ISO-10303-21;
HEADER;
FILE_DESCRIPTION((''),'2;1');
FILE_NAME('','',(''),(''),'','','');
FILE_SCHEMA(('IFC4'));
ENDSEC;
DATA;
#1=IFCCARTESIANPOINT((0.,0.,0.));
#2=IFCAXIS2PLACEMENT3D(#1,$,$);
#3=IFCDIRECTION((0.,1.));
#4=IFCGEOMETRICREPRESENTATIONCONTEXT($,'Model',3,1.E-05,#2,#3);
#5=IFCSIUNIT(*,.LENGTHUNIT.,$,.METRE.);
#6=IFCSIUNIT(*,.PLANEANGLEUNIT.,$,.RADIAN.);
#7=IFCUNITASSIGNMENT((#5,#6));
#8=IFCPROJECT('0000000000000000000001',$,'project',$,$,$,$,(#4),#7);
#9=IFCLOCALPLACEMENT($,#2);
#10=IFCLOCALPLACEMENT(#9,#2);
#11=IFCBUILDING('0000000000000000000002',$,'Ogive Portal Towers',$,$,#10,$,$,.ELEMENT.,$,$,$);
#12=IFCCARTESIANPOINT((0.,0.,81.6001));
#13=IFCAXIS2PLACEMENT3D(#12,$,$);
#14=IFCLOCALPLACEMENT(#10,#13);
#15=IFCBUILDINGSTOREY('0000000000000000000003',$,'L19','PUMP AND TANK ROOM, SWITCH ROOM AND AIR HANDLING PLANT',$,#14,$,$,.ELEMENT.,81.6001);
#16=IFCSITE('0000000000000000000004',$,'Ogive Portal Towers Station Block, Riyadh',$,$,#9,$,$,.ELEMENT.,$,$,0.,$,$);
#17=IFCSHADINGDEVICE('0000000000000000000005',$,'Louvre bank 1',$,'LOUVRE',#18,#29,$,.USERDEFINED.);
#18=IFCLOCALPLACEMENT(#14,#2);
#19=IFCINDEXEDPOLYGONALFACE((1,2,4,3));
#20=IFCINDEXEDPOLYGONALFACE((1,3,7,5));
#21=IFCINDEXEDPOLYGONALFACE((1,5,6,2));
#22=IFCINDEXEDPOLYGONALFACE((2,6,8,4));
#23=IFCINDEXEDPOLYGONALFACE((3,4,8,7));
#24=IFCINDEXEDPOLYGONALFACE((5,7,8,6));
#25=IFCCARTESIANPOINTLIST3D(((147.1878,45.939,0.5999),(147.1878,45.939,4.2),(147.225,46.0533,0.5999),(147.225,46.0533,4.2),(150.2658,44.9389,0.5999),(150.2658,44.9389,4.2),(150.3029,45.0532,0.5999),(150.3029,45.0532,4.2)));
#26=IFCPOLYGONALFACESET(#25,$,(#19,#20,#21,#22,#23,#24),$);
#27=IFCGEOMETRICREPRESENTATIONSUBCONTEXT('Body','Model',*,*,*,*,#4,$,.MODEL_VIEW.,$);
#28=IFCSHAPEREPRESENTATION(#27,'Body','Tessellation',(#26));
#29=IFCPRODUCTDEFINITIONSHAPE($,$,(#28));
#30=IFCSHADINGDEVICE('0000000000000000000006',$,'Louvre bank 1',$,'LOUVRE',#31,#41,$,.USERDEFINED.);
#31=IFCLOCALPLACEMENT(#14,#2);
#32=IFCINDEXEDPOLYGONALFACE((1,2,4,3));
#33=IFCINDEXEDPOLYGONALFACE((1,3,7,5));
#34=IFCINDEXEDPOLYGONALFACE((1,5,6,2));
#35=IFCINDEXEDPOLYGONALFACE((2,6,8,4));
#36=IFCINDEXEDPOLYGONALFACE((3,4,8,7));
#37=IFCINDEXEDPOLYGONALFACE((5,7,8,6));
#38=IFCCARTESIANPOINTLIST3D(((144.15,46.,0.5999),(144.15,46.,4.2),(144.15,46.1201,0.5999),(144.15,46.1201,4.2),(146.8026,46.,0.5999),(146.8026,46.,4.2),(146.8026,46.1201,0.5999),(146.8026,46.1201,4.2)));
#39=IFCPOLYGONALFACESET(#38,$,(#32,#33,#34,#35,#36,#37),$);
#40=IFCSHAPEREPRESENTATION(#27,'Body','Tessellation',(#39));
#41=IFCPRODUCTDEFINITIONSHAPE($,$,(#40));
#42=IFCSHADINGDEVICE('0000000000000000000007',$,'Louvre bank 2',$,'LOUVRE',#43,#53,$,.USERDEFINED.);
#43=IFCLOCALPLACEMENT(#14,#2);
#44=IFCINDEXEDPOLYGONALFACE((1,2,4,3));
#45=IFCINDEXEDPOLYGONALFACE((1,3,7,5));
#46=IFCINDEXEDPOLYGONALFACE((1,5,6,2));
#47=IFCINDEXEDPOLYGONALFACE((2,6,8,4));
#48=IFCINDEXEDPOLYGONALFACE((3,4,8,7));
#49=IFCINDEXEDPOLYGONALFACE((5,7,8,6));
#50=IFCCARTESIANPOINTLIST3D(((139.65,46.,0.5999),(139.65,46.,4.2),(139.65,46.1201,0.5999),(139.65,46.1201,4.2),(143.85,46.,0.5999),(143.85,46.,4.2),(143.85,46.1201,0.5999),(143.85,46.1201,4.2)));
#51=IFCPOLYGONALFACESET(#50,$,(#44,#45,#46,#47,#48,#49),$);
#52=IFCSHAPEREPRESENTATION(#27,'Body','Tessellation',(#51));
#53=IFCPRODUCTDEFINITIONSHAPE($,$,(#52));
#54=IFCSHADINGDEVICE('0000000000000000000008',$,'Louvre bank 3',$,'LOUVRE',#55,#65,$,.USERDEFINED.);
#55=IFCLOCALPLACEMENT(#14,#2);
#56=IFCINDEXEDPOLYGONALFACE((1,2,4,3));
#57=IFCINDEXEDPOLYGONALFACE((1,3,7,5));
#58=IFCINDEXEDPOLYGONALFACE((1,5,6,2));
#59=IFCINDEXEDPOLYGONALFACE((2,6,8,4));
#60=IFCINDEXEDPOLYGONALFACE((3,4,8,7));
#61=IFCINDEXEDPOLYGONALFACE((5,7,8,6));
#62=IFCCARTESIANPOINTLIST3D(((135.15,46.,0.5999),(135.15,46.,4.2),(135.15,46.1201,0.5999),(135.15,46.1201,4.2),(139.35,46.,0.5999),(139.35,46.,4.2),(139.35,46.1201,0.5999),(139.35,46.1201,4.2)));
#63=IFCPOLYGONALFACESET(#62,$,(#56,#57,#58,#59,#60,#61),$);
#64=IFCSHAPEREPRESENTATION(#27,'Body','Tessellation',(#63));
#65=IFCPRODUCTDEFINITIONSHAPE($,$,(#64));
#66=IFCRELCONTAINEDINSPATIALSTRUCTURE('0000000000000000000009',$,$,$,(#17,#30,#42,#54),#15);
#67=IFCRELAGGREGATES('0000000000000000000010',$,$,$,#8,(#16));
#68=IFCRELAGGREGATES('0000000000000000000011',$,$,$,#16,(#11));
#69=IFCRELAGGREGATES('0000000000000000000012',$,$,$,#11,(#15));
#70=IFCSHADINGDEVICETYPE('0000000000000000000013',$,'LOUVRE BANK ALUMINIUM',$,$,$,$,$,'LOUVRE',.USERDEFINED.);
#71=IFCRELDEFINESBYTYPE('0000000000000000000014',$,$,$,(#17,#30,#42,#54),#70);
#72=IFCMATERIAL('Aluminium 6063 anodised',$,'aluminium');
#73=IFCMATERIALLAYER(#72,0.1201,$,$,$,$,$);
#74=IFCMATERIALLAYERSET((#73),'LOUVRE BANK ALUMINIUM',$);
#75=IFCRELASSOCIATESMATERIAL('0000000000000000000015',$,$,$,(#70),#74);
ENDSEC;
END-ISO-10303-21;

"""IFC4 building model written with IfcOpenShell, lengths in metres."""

from ifc_helpers import new_model, si_unit, direction, frame, origin, origin_2d, place, context, subcontext, project, spatial, rectangle, extrude, material, layer, layer_set, type_object, element, save


model = new_model("IFC4")

# Units and contexts
model_context = context("Model", 3, precision=1e-05, world=origin(), true_north=direction((0.0, 1.0)))
body_context = subcontext(model_context, "Body", "Model", "MODEL_VIEW")
ifc_project = project(units=[si_unit("LENGTHUNIT", "METRE"), si_unit("PLANEANGLEUNIT", "RADIAN")], contexts=[model_context])

# Site, building, storey
site_placement = place(None, origin())
site = spatial("IfcSite", under=ifc_project, at=site_placement, Name="Ogive Portal Towers Station Block, Riyadh", CompositionType="ELEMENT", RefElevation=0.0)
building_placement = place(site_placement, origin())
building = spatial("IfcBuilding", under=site, at=building_placement, Name="Ogive Portal Towers", CompositionType="ELEMENT")
storey_placement = place(building_placement, frame((0.0, 0.0, 81.6001)))
storey = spatial("IfcBuildingStorey", under=building, at=storey_placement, Name="L19", Description="PUMP AND TANK ROOM, SWITCH ROOM AND AIR HANDLING PLANT", CompositionType="ELEMENT", Elevation=81.6001)

# Shading devices
ifc_material_1 = material(Name="Aluminium 6063 anodised", Category="aluminium")
ifc_layer_1 = layer(ifc_material_1, 0.1201)
ifc_layer_set_1 = layer_set([ifc_layer_1], Name="LOUVRE BANK ALUMINIUM")
shading_device_type = type_object("IfcShadingDeviceType", Name="LOUVRE BANK ALUMINIUM", ElementType="LOUVRE", PredefinedType="USERDEFINED", material=ifc_layer_set_1)
shading_device_1_placement = place(storey_placement, frame((148.7454, 45.4961, 0.5999), z_axis=(0.0, 0.0, 1.0), x_axis=(-0.951057, 0.309017, 0.0)))
element("IfcShadingDevice", 1, at=shading_device_1_placement, inside=storey, type_object=shading_device_type, Name="Louvre bank 1", ObjectType="LOUVRE", PredefinedType="USERDEFINED", context=body_context, shape_type="SweptSolid", body=[
    extrude(rectangle(XDim=3.2363, YDim=0.1201, at=origin_2d()), origin(), (0.0, 0.0, 1.0), 3.6001),
])
shading_device_2_placement = place(storey_placement, frame((145.4763, 46.0601, 0.5999), z_axis=(0.0, 0.0, 1.0), x_axis=(-1.0, 0.0, 0.0)))
element("IfcShadingDevice", 2, at=shading_device_2_placement, inside=storey, type_object=shading_device_type, Name="Louvre bank 1", ObjectType="LOUVRE", PredefinedType="USERDEFINED", context=body_context, shape_type="SweptSolid", body=[
    extrude(rectangle(XDim=2.6526, YDim=0.1201, at=origin_2d()), origin(), (0.0, 0.0, 1.0), 3.6001),
])
for number, where, z_axis, x_axis, name in (
    (3, (141.75, 46.0601, 0.5999), (0.0, 0.0, 1.0), (-1.0, 0.0, 0.0), "Louvre bank 2"),
    (4, (137.25, 46.0601, 0.5999), (0.0, 0.0, 1.0), (-1.0, 0.0, 0.0), "Louvre bank 3"),
):
    element("IfcShadingDevice", number, at=place(storey_placement, frame(where, z_axis=z_axis, x_axis=x_axis)), inside=storey, type_object=shading_device_type, Name=name, ObjectType="LOUVRE", PredefinedType="USERDEFINED", context=body_context, shape_type="SweptSolid", body=[
        extrude(rectangle(XDim=4.2, YDim=0.1201, at=origin_2d()), origin(), (0.0, 0.0, 1.0), 3.6001),
    ])

save(model, "model.ifc")
